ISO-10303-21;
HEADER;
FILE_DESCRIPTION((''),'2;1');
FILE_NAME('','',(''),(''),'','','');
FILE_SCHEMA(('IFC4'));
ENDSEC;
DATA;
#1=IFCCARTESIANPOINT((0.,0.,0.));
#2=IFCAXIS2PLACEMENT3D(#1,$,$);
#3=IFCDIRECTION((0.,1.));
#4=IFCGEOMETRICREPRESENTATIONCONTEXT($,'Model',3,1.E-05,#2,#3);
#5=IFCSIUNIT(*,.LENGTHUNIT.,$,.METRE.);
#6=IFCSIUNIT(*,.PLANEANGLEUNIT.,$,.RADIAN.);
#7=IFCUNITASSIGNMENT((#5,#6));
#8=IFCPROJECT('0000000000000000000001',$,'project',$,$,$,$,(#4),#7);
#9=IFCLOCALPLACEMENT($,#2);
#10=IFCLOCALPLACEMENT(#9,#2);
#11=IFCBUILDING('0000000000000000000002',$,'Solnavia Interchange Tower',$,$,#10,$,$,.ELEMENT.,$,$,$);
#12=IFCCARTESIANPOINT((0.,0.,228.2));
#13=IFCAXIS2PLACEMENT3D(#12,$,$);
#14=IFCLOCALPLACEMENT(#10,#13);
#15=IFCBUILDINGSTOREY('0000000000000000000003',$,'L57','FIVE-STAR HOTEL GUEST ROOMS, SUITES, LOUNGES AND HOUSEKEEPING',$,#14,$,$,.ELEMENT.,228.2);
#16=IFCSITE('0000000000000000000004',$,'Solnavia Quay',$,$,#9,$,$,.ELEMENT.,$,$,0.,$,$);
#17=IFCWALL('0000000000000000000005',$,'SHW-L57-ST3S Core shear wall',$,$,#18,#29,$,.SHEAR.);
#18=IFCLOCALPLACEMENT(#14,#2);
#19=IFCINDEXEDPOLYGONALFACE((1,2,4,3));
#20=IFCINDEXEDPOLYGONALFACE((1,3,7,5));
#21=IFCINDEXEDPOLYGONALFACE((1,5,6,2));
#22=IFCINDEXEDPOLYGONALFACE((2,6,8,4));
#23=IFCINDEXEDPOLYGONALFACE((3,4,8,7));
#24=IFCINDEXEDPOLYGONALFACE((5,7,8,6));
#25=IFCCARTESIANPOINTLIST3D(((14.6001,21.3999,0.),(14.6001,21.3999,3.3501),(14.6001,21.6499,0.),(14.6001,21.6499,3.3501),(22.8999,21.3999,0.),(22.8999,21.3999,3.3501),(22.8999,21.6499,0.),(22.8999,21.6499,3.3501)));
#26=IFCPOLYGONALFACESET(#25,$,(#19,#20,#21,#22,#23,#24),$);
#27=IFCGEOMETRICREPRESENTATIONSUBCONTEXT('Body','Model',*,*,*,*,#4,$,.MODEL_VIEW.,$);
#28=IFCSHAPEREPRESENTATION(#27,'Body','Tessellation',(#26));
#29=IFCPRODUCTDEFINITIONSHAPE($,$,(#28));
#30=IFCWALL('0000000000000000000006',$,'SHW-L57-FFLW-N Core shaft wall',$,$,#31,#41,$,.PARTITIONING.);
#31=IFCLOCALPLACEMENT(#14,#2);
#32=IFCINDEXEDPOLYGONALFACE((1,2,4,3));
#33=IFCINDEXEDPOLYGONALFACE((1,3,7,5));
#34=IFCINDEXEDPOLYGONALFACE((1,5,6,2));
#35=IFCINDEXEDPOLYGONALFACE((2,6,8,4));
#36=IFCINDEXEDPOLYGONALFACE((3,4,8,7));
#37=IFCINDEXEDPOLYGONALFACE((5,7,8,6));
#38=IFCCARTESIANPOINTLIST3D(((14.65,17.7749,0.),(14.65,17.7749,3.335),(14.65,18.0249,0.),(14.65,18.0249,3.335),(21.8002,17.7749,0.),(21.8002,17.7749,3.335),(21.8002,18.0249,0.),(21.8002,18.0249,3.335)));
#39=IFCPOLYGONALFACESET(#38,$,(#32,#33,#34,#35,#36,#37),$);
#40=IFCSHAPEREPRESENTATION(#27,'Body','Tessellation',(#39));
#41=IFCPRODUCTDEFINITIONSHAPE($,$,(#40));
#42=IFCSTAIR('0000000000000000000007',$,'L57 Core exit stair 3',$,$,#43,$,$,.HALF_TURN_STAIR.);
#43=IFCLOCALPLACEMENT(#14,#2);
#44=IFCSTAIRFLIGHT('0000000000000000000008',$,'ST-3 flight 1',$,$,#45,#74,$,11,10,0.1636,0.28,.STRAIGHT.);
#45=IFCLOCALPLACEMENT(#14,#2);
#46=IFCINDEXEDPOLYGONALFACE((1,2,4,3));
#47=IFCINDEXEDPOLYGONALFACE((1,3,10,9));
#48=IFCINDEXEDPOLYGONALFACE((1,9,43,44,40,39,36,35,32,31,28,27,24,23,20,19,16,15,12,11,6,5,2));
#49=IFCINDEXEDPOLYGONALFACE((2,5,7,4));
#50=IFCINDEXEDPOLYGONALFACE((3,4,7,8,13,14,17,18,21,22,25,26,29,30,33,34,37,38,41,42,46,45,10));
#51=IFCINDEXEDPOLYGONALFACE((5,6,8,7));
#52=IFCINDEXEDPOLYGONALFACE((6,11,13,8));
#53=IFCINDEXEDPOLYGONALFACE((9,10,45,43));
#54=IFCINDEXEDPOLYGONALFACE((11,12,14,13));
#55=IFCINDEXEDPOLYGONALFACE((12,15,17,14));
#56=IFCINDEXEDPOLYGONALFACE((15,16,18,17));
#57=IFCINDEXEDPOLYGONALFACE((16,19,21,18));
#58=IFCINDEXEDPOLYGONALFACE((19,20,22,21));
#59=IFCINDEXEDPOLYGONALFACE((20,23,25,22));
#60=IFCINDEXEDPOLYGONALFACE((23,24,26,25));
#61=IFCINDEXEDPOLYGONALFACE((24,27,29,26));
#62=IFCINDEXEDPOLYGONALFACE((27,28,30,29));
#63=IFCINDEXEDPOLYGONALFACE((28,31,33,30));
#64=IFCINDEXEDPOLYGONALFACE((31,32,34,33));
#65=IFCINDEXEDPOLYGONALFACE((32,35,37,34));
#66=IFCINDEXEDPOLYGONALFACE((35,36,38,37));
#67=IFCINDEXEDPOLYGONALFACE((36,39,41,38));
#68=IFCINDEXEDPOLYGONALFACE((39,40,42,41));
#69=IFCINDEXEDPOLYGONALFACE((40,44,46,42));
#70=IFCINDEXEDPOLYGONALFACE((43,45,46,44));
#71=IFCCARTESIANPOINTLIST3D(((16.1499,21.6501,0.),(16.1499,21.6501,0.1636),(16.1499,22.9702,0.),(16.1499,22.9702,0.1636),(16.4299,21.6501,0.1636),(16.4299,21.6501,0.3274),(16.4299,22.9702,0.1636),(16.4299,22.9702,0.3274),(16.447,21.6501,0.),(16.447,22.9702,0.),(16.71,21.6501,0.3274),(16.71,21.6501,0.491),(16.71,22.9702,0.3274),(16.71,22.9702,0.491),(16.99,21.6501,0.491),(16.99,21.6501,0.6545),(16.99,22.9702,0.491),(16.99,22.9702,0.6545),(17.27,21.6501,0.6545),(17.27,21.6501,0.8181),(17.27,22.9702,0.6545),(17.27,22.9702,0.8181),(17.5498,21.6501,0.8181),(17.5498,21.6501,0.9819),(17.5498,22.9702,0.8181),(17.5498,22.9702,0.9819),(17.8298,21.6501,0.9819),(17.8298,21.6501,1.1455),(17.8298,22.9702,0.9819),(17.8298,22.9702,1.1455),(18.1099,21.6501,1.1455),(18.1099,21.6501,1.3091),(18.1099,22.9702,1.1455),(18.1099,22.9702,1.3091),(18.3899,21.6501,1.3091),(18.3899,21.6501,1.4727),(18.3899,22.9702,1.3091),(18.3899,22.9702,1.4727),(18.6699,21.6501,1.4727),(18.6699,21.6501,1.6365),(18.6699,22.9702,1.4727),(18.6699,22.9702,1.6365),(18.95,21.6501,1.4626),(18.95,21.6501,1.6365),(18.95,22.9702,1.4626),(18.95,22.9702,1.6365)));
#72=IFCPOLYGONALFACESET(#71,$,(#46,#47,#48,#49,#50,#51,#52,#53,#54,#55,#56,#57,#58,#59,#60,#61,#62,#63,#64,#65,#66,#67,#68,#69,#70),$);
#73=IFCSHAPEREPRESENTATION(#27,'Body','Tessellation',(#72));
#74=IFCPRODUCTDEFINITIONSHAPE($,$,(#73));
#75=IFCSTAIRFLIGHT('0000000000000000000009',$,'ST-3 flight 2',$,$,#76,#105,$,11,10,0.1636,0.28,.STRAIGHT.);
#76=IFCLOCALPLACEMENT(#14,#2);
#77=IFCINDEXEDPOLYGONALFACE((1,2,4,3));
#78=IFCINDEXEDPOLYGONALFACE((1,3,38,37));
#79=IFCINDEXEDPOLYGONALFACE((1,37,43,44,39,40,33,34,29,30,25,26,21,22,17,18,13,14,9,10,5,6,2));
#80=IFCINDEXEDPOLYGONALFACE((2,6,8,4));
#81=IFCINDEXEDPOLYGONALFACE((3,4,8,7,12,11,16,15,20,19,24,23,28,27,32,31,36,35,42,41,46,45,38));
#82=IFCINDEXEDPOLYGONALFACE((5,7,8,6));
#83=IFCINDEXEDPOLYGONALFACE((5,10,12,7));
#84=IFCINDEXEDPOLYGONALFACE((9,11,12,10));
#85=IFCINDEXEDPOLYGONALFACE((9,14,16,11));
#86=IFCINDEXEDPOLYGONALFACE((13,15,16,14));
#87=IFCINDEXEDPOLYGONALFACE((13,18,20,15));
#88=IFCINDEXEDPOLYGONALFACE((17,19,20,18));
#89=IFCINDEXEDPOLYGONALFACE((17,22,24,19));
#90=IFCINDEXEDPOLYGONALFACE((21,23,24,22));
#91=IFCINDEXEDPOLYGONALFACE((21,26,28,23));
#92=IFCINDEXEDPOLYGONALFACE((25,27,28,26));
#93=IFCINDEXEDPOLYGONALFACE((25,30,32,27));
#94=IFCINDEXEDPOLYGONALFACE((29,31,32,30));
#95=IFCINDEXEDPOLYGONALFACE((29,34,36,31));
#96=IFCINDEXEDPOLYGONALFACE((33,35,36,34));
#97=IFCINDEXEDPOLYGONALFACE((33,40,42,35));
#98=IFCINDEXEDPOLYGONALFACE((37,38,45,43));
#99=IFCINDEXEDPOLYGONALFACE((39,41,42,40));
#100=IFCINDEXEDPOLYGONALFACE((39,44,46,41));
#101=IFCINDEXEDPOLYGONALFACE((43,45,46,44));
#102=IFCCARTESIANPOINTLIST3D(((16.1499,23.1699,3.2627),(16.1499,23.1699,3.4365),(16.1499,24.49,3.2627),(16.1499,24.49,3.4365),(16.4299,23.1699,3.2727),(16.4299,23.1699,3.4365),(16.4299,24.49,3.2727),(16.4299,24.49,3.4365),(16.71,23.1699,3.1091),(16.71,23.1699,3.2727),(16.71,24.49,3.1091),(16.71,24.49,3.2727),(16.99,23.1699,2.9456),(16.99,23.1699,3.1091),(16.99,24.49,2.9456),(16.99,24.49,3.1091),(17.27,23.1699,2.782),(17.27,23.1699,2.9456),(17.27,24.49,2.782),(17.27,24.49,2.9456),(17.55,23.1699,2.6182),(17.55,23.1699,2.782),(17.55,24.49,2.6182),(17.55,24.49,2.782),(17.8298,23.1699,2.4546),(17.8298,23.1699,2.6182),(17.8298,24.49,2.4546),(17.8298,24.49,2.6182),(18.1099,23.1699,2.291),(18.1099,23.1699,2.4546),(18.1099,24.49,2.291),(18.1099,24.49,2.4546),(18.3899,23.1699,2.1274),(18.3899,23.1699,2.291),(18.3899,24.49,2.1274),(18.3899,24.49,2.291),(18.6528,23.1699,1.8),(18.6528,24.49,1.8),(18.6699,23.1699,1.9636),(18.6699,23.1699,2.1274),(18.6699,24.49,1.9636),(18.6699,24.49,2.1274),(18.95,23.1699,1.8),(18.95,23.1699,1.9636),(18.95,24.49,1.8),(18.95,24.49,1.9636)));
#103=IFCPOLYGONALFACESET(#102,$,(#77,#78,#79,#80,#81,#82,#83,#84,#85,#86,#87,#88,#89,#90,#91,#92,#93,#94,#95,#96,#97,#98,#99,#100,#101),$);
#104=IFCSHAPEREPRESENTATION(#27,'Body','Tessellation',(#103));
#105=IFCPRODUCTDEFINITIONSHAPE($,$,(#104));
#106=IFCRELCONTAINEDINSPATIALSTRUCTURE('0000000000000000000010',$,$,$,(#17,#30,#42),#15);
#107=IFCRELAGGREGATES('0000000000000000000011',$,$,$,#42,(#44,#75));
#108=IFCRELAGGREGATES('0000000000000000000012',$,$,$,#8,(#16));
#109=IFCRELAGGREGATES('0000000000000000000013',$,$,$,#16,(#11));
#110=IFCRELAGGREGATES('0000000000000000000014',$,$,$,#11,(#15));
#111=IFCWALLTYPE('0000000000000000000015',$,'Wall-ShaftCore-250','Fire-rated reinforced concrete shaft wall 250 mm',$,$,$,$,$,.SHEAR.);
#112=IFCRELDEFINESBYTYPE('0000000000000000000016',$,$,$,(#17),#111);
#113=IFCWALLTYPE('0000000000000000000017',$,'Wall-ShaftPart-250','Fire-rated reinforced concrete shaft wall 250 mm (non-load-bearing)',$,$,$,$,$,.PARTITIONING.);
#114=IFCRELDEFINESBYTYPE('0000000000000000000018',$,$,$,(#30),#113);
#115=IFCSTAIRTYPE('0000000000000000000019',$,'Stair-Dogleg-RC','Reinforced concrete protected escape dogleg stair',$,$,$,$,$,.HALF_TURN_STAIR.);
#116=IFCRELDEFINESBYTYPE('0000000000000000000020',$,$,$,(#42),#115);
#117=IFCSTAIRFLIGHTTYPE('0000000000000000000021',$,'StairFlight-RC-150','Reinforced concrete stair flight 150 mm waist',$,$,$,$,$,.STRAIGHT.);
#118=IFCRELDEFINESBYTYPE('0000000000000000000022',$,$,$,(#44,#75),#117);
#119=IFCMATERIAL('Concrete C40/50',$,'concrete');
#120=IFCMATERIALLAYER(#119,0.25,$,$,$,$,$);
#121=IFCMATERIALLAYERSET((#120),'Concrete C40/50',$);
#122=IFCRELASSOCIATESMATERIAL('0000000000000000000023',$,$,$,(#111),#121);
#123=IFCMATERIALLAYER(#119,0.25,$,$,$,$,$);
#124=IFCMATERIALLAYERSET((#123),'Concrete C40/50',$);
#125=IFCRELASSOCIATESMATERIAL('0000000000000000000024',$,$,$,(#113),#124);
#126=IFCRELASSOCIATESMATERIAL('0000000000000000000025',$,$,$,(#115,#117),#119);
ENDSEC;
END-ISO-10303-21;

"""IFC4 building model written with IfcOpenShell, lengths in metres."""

from ifc_helpers import new_model, si_unit, direction, frame, frame_2d, origin, place, context, subcontext, project, spatial, polyline, rectangle, outline, extrude, material, layer, layer_set, type_object, element, aggregate, save


model = new_model("IFC4")

# Units and contexts
model_context = context("Model", 3, precision=1e-05, world=origin(), true_north=direction((0.0, 1.0)))
body_context = subcontext(model_context, "Body", "Model", "MODEL_VIEW")
ifc_project = project(units=[si_unit("LENGTHUNIT", "METRE"), si_unit("PLANEANGLEUNIT", "RADIAN")], contexts=[model_context])

# Site, building, storey
site_placement = place(None, origin())
site = spatial("IfcSite", under=ifc_project, at=site_placement, Name="Solnavia Quay", CompositionType="ELEMENT", RefElevation=0.0)
building_placement = place(site_placement, origin())
building = spatial("IfcBuilding", under=site, at=building_placement, Name="Solnavia Interchange Tower", CompositionType="ELEMENT")
storey_placement = place(building_placement, frame((0.0, 0.0, 228.2)))
storey = spatial("IfcBuildingStorey", under=building, at=storey_placement, Name="L57", Description="FIVE-STAR HOTEL GUEST ROOMS, SUITES, LOUNGES AND HOUSEKEEPING", CompositionType="ELEMENT", Elevation=228.2)

# Shared definitions
ifc_material_1 = material(Name="Concrete C40/50", Category="concrete")

# Shared definitions
ifc_layer_1 = layer(ifc_material_1, 0.25)
ifc_layer_set_1 = layer_set([ifc_layer_1], Name="Concrete C40/50")
wall_type_1 = type_object("IfcWallType", Name="Wall-ShaftCore-250", Description="Fire-rated reinforced concrete shaft wall 250 mm", PredefinedType="SHEAR", material=ifc_layer_set_1)

# Walls
wall_1_placement = place(storey_placement, frame((14.6001, 21.5249, 0.0), z_axis=(0.0, 0.0, 1.0), x_axis=(1.0, 0.0, 0.0)))
element("IfcWall", 1, at=wall_1_placement, inside=storey, type_object=wall_type_1, Name="SHW-L57-ST3S Core shear wall", PredefinedType="SHEAR", context=body_context, shape_type="SweptSolid", body=[
    extrude(rectangle(XDim=8.2998, YDim=0.25, at=frame_2d((4.1499, 0.0))), origin(), (0.0, 0.0, 1.0), 3.3501),
])
ifc_layer_2 = layer(ifc_material_1, 0.25)
ifc_layer_set_2 = layer_set([ifc_layer_2], Name="Concrete C40/50")
wall_type_2 = type_object("IfcWallType", Name="Wall-ShaftPart-250", Description="Fire-rated reinforced concrete shaft wall 250 mm (non-load-bearing)", PredefinedType="PARTITIONING", material=ifc_layer_set_2)
wall_2_placement = place(storey_placement, frame((14.6499, 17.8999, 0.0), z_axis=(0.0, 0.0, 1.0), x_axis=(1.0, 0.0, 0.0)))
element("IfcWall", 2, at=wall_2_placement, inside=storey, type_object=wall_type_2, Name="SHW-L57-FFLW-N Core shaft wall", PredefinedType="PARTITIONING", context=body_context, shape_type="SweptSolid", body=[
    extrude(rectangle(XDim=7.1501, YDim=0.25, at=frame_2d((3.5752, 0.0))), origin(), (0.0, 0.0, 1.0), 3.335),
])

# Stair, stair flights
stair_type = type_object("IfcStairType", Name="Stair-Dogleg-RC", Description="Reinforced concrete protected escape dogleg stair", PredefinedType="HALF_TURN_STAIR", material=ifc_material_1)
stair_placement = place(storey_placement, origin())
stair = element("IfcStair", 3, at=stair_placement, inside=storey, type_object=stair_type, Name="L57 Core exit stair 3", PredefinedType="HALF_TURN_STAIR")
stair_flight_type = type_object("IfcStairFlightType", Name="StairFlight-RC-150", Description="Reinforced concrete stair flight 150 mm waist", PredefinedType="STRAIGHT", material=ifc_material_1)
stair_flight_1_placement = place(storey_placement, frame((16.1499, 22.3101, 0.0), z_axis=(0.0, 0.0, 1.0), x_axis=(1.0, 0.0, 0.0)))
stair_flight_1 = element("IfcStairFlight", 4, at=stair_flight_1_placement, type_object=stair_flight_type, Name="ST-3 flight 1", NumberOfRisers=11, NumberOfTreads=10, PredefinedType="STRAIGHT", RiserHeight=0.1636, TreadLength=0.28, context=body_context, shape_type="SweptSolid", body=[
    extrude(outline(polyline([(0.0, 0.0), (0.0, 0.1636), (0.28, 0.1636), (0.28, 0.3274), (0.5601, 0.3274), (0.5601, 0.491), (0.8401, 0.491), (0.8401, 0.6545), (1.1201, 0.6545), (1.1201, 0.8181), (1.3999, 0.8181), (1.3999, 0.9819), (1.6799, 0.9819), (1.6799, 1.1455), (1.96, 1.1455), (1.96, 1.3091), (2.24, 1.3091), (2.24, 1.4727), (2.52, 1.4727), (2.52, 1.6365), (2.8, 1.6365), (2.8, 1.8), (2.8, 1.4626), (0.2971, 0.0), (0.0, 0.0)])), frame((0.0, 0.6602, 0.0), z_axis=(0.0, -1.0, 0.0), x_axis=(1.0, 0.0, 0.0)), (0.0, 0.0, 1.0), 1.3201),
])
stair_flight_2_placement = place(storey_placement, frame((18.95, 23.8301, 1.8), z_axis=(0.0, 0.0, 1.0), x_axis=(-1.0, 0.0, 0.0)))
stair_flight_2 = element("IfcStairFlight", 5, at=stair_flight_2_placement, type_object=stair_flight_type, Name="ST-3 flight 2", NumberOfRisers=11, NumberOfTreads=10, PredefinedType="STRAIGHT", RiserHeight=0.1636, TreadLength=0.28, context=body_context, shape_type="SweptSolid", body=[
    extrude(outline(polyline([(0.0, 0.0), (0.0, 0.1636), (0.28, 0.1636), (0.28, 0.3274), (0.5601, 0.3274), (0.5601, 0.491), (0.8401, 0.491), (0.8401, 0.6545), (1.1201, 0.6545), (1.1201, 0.8181), (1.3999, 0.8181), (1.3999, 0.9819), (1.6799, 0.9819), (1.6799, 1.1455), (1.96, 1.1455), (1.96, 1.3091), (2.24, 1.3091), (2.24, 1.4727), (2.52, 1.4727), (2.52, 1.6365), (2.8, 1.6365), (2.8, 1.8), (2.8, 1.4626), (0.2971, 0.0), (0.0, 0.0)])), frame((0.0, 0.6602, 0.0), z_axis=(0.0, -1.0, 0.0), x_axis=(1.0, 0.0, 0.0)), (0.0, 0.0, 1.0), 1.3201),
])
aggregate(stair, [stair_flight_1, stair_flight_2])

save(model, "model.ifc")
